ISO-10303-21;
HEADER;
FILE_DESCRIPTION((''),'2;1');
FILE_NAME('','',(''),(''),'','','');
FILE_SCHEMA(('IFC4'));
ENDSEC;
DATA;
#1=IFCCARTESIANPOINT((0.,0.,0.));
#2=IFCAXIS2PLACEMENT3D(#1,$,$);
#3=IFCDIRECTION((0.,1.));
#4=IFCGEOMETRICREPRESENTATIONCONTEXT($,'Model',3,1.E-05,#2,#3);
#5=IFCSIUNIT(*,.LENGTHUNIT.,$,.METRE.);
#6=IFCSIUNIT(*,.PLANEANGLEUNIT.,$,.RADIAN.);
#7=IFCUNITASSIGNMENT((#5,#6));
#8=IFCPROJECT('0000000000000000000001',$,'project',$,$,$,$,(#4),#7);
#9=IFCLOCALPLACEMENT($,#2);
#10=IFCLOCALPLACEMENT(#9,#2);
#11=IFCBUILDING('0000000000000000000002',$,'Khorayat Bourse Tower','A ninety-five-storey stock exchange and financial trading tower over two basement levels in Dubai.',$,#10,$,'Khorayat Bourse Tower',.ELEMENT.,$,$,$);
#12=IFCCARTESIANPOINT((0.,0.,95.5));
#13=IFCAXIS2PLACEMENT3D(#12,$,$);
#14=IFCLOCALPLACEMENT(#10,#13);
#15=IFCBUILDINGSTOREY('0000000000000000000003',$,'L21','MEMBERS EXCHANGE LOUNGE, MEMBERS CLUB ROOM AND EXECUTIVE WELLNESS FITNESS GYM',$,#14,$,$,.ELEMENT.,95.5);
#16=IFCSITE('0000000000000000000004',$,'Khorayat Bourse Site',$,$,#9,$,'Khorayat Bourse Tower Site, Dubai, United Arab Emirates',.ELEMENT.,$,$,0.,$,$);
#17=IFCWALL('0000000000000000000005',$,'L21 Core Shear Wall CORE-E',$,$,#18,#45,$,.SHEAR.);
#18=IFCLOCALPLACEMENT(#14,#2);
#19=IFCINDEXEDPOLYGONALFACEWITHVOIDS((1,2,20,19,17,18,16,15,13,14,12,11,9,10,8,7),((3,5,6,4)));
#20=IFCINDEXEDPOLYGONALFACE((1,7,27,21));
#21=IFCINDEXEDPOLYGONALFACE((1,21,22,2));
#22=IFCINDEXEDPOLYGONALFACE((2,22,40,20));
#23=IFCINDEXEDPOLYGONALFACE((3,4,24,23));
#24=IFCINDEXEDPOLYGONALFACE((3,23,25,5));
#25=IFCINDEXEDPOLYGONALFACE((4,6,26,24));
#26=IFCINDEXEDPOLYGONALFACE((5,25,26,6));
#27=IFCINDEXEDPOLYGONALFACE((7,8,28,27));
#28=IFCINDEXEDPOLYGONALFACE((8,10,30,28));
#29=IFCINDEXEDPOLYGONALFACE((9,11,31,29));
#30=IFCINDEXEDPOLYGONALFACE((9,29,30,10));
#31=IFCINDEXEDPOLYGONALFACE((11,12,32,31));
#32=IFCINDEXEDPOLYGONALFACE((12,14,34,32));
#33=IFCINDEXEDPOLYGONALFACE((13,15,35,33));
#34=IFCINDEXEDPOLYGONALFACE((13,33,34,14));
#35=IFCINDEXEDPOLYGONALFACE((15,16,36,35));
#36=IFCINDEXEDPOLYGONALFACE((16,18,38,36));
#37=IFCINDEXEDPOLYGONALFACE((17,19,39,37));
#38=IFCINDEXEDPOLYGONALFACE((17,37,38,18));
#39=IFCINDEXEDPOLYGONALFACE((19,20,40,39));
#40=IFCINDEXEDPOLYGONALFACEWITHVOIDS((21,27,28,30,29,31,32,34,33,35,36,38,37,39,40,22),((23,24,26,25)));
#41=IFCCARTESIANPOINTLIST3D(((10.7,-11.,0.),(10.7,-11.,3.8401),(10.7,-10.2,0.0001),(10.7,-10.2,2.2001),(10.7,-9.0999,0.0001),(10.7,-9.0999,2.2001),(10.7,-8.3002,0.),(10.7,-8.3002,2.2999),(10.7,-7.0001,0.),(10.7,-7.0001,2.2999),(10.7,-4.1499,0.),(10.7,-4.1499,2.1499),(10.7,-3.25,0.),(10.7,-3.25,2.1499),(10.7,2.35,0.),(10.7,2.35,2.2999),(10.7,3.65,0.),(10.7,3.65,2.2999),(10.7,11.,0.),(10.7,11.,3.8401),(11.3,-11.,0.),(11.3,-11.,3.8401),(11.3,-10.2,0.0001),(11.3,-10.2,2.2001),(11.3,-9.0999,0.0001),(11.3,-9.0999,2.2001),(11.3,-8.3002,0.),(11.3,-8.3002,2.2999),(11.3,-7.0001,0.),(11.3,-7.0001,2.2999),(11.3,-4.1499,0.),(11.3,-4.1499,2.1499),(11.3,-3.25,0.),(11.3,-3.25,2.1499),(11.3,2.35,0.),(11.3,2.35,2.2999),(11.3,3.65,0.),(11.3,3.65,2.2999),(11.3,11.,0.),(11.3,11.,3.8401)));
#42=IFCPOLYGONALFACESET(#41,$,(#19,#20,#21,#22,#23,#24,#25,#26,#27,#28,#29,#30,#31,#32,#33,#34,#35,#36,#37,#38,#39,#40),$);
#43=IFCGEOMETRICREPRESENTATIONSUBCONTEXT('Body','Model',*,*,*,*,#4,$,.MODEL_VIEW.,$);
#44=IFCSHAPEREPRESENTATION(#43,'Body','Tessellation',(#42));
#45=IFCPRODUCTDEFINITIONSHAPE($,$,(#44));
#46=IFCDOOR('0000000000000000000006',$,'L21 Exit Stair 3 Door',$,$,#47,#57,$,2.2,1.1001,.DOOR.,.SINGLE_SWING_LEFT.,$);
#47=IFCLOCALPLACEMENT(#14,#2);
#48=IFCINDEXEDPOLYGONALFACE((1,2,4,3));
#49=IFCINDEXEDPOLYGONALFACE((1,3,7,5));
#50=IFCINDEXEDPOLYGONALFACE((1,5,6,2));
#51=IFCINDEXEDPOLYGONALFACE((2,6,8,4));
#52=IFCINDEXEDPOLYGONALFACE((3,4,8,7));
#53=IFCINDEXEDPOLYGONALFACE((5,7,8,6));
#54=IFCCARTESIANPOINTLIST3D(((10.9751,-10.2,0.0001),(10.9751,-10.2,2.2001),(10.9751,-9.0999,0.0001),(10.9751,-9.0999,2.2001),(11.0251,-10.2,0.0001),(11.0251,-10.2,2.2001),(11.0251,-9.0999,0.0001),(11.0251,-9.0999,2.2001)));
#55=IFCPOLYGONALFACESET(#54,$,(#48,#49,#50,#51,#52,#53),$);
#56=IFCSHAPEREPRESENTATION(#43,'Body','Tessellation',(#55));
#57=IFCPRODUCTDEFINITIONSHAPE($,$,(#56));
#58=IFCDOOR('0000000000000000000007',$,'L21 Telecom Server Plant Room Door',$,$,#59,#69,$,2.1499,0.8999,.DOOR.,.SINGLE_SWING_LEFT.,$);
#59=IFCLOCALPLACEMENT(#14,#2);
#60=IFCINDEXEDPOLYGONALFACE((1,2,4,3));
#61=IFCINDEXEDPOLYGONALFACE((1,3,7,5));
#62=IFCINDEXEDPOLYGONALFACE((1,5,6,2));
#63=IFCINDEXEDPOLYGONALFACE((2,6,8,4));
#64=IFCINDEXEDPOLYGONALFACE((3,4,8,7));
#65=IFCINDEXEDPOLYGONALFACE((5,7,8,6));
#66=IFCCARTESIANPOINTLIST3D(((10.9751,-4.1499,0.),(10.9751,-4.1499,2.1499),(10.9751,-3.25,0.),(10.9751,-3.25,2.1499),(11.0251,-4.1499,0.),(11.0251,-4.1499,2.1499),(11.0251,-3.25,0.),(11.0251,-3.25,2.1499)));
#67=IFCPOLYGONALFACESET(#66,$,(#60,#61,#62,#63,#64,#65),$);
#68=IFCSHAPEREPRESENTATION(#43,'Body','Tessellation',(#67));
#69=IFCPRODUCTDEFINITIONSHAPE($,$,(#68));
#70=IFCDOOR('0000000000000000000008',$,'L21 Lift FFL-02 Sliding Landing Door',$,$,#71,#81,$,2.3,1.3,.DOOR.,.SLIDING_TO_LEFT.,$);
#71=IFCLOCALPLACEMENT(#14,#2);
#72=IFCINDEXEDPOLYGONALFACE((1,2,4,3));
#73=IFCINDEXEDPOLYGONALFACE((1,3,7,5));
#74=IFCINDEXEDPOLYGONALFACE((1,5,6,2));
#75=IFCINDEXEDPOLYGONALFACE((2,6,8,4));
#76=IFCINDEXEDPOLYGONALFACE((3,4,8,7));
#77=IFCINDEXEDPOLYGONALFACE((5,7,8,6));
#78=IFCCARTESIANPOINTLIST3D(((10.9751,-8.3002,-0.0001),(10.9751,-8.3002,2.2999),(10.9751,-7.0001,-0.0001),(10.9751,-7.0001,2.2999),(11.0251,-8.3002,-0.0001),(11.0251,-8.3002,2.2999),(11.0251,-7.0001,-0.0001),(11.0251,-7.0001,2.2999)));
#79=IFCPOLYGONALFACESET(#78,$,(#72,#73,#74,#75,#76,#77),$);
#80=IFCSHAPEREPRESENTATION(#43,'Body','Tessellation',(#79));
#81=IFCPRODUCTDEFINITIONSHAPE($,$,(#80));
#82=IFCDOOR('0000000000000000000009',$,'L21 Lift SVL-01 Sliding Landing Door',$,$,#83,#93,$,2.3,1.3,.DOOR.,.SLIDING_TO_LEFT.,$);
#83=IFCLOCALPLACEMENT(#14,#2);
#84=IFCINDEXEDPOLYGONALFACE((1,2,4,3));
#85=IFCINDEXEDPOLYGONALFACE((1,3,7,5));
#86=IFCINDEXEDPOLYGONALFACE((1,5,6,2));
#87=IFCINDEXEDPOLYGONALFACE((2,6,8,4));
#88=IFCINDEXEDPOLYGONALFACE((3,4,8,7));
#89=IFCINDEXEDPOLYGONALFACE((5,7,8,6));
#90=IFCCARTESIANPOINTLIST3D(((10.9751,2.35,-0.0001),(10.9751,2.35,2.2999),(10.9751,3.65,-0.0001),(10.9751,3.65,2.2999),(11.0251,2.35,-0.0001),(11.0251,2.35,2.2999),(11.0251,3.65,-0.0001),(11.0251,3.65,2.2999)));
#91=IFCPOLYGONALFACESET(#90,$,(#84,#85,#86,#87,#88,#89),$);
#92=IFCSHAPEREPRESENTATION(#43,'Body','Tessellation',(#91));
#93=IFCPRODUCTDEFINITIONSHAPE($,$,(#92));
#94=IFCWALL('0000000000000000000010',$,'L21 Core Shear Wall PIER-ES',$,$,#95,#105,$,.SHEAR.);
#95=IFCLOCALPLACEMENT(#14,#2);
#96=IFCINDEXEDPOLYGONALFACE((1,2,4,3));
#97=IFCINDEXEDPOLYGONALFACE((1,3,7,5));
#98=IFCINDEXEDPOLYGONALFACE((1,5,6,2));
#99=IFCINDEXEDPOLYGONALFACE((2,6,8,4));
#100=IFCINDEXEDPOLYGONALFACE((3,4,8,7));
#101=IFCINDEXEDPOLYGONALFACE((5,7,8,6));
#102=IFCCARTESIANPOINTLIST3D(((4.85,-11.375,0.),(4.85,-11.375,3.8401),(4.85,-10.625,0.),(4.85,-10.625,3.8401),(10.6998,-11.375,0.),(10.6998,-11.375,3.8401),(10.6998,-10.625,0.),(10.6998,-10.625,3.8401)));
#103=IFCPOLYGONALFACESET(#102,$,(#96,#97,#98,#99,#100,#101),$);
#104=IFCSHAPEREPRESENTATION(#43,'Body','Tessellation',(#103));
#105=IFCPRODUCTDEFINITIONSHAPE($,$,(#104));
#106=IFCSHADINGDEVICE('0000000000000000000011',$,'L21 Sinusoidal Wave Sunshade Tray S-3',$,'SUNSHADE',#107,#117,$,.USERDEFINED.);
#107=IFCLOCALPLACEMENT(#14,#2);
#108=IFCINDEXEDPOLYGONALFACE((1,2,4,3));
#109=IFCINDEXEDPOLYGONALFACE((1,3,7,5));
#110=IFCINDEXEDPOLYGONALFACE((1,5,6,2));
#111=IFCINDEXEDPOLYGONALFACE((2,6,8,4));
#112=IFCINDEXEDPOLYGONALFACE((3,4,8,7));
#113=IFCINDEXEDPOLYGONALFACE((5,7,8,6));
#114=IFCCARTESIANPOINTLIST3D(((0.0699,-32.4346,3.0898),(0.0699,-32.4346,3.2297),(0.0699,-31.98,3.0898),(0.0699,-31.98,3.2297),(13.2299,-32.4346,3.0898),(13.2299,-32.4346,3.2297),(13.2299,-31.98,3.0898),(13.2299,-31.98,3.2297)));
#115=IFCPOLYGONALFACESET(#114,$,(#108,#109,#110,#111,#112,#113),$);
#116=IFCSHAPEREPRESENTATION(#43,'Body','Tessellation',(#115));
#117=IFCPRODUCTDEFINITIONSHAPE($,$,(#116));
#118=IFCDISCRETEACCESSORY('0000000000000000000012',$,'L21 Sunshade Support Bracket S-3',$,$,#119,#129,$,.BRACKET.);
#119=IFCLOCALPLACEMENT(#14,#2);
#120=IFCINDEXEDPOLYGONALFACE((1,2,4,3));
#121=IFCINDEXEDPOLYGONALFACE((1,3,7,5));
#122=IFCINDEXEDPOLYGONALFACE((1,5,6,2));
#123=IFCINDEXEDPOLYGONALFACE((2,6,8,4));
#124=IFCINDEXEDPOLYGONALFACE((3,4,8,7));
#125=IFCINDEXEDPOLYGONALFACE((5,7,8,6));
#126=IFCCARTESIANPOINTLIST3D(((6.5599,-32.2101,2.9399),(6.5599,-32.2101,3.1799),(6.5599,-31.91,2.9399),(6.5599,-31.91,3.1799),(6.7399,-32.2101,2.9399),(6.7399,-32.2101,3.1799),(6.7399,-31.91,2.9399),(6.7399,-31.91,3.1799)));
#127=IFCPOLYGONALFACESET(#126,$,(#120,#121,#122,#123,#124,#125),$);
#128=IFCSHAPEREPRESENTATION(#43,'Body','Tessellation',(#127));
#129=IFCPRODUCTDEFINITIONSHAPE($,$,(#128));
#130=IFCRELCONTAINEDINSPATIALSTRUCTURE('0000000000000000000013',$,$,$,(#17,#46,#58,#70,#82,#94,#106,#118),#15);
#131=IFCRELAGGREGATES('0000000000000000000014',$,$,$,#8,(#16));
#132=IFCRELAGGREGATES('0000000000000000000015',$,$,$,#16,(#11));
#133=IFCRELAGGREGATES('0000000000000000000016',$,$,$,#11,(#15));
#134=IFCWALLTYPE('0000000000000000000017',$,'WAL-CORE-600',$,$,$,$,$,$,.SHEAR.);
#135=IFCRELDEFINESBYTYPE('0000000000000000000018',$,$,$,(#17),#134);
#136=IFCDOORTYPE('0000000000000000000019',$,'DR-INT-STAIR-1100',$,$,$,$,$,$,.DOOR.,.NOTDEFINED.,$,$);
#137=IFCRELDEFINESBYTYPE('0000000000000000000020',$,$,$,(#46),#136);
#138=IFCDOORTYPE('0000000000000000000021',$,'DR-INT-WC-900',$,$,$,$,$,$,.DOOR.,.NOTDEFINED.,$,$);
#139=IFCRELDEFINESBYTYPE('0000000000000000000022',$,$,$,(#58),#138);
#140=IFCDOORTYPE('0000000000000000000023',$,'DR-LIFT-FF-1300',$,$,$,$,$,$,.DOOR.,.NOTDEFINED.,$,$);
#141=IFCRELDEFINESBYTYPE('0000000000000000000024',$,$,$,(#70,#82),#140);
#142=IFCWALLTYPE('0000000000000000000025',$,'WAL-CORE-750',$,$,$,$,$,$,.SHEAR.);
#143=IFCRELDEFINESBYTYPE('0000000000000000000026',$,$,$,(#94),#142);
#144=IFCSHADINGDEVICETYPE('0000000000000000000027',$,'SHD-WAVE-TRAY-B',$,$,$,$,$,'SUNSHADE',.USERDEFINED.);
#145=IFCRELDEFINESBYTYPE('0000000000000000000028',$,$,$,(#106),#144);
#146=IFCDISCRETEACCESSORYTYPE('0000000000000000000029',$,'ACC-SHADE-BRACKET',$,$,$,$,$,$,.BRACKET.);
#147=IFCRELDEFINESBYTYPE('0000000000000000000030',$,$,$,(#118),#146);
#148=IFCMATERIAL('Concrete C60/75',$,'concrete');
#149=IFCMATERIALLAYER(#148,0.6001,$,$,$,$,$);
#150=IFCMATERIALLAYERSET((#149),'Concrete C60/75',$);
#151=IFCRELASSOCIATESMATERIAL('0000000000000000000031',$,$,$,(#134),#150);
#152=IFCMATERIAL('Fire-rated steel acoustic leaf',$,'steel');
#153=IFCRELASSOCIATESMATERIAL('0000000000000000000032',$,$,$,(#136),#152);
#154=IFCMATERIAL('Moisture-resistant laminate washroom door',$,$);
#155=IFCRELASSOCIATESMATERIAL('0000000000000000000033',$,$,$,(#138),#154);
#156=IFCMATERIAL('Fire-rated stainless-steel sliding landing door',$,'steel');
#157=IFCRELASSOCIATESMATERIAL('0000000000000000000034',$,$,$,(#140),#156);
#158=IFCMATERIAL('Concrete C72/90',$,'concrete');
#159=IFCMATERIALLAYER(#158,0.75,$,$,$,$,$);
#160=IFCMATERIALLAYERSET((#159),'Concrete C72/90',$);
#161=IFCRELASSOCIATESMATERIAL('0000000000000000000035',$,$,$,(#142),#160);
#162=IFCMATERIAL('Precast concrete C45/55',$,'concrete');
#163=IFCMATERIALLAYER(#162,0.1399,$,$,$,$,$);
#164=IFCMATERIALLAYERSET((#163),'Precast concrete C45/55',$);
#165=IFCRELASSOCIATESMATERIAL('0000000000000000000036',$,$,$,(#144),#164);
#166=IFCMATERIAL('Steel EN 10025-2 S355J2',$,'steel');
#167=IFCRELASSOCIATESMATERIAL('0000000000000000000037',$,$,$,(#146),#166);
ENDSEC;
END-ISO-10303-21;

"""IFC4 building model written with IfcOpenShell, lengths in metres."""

from ifc_helpers import new_model, si_unit, direction, frame, frame_2d, origin, origin_2d, place, context, subcontext, project, spatial, rectangle, extrude, source, transform, mapped, material, layer, layer_set, type_object, element, fill, save


model = new_model("IFC4")

# Units and contexts
model_context = context("Model", 3, precision=1e-05, world=origin(), true_north=direction((0.0, 1.0)))
body_context = subcontext(model_context, "Body", "Model", "MODEL_VIEW")
ifc_project = project(units=[si_unit("LENGTHUNIT", "METRE"), si_unit("PLANEANGLEUNIT", "RADIAN")], contexts=[model_context])

# Site, building, storey
site_placement = place(None, origin())
site = spatial("IfcSite", under=ifc_project, at=site_placement, Name="Khorayat Bourse Site", LongName="Khorayat Bourse Tower Site, Dubai, United Arab Emirates", CompositionType="ELEMENT", RefElevation=0.0)
building_placement = place(site_placement, origin())
building = spatial("IfcBuilding", under=site, at=building_placement, Name="Khorayat Bourse Tower", Description="A ninety-five-storey stock exchange and financial trading tower over two basement levels in Dubai.", LongName="Khorayat Bourse Tower", CompositionType="ELEMENT")
storey_placement = place(building_placement, frame((0.0, 0.0, 95.5)))
storey = spatial("IfcBuildingStorey", under=building, at=storey_placement, Name="L21", Description="MEMBERS EXCHANGE LOUNGE, MEMBERS CLUB ROOM AND EXECUTIVE WELLNESS FITNESS GYM", CompositionType="ELEMENT", Elevation=95.5)

# Shared definitions
ifc_material_1 = material(Name="Concrete C72/90", Category="concrete")

# Shared definitions
ifc_material_2 = material(Name="Steel EN 10025-2 S355J2", Category="steel")

# Wall, openings, doors
ifc_material_3 = material(Name="Concrete C60/75", Category="concrete")
ifc_layer_1 = layer(ifc_material_3, 0.6001)
ifc_layer_set_1 = layer_set([ifc_layer_1], Name="Concrete C60/75")
wall_type_1 = type_object("IfcWallType", Name="WAL-CORE-600", PredefinedType="SHEAR", material=ifc_layer_set_1)
shared_shape_1 = source(origin(), body_context, "Body", "SweptSolid", [
    extrude(rectangle(XDim=22.0, YDim=0.6001, at=frame_2d((11.0, 0.0))), origin(), (0.0, 0.0, 1.0), 3.8401),
])
wall_1_placement = place(storey_placement, frame((11.0, -11.0, 0.0), z_axis=(0.0, 0.0, 1.0), x_axis=(0.0, 1.0, 0.0)))
wall_1 = element("IfcWall", 1, at=wall_1_placement, inside=storey, type_object=wall_type_1, Name="L21 Core Shear Wall CORE-E", PredefinedType="SHEAR", context=body_context, shape_type="MappedRepresentation", body=[
    mapped(shared_shape_1, transform((0.0, 0.0, 0.0), scale=1.0)),
])
shared_shape_2 = source(origin(), body_context, "Body", "SweptSolid", [
    extrude(rectangle(XDim=1.1001, YDim=2.2, at=frame_2d((0.55, 1.1001))), frame((0.0, 0.3101, 0.0), z_axis=(0.0, -1.0, 0.0), x_axis=(1.0, 0.0, 0.0)), (0.0, 0.0, 1.0), 0.6201),
])
opening_1_placement = place(wall_1_placement, frame((0.8, 0.0, 0.0)))
opening_1 = element("IfcOpeningElement", 2, at=opening_1_placement, cuts=wall_1, PredefinedType="OPENING", context=body_context, shape_type="MappedRepresentation", body=[
    mapped(shared_shape_2, transform((0.0, 0.0, 0.0), scale=1.0)),
])
shared_shape_3 = source(origin(), body_context, "Body", "SweptSolid", [
    extrude(rectangle(XDim=0.8999, YDim=2.1499, at=frame_2d((0.45, 1.075))), frame((0.0, 0.3101, 0.0), z_axis=(0.0, -1.0, 0.0), x_axis=(1.0, 0.0, 0.0)), (0.0, 0.0, 1.0), 0.6201),
])
opening_2_placement = place(wall_1_placement, frame((6.8501, 0.0, 0.0)))
opening_2 = element("IfcOpeningElement", 3, at=opening_2_placement, cuts=wall_1, PredefinedType="OPENING", context=body_context, shape_type="MappedRepresentation", body=[
    mapped(shared_shape_3, transform((0.0, 0.0, 0.0), scale=1.0)),
])
shared_shape_4 = source(origin(), body_context, "Body", "SweptSolid", [
    extrude(rectangle(XDim=1.3, YDim=2.3, at=frame_2d((0.6499, 1.1499))), frame((0.0, 0.3101, 0.0), z_axis=(0.0, -1.0, 0.0), x_axis=(1.0, 0.0, 0.0)), (0.0, 0.0, 1.0), 0.6201),
])
opening_3_placement = place(wall_1_placement, frame((2.7, 0.0, 0.0)))
opening_3 = element("IfcOpeningElement", 4, at=opening_3_placement, cuts=wall_1, PredefinedType="OPENING", context=body_context, shape_type="MappedRepresentation", body=[
    mapped(shared_shape_4, transform((0.0, 0.0, 0.0), scale=1.0)),
])
opening_4_placement = place(wall_1_placement, frame((13.3501, 0.0, 0.0)))
opening_4 = element("IfcOpeningElement", 5, at=opening_4_placement, cuts=wall_1, PredefinedType="OPENING", context=body_context, shape_type="MappedRepresentation", body=[
    mapped(shared_shape_4, transform((0.0, 0.0, 0.0), scale=1.0)),
])
ifc_material_4 = material(Name="Fire-rated steel acoustic leaf", Category="steel")
door_type_1 = type_object("IfcDoorType", Name="DR-INT-STAIR-1100", OperationType="NOTDEFINED", PredefinedType="DOOR", material=ifc_material_4)
shared_shape_5 = source(origin(), body_context, "Body", "SweptSolid", [
    extrude(rectangle(XDim=1.1001, YDim=2.2, at=frame_2d((0.55, 1.1001))), frame((0.0, 0.0249, 0.0), z_axis=(0.0, -1.0, 0.0), x_axis=(1.0, 0.0, 0.0)), (0.0, 0.0, 1.0), 0.05),
])
door_1_placement = place(opening_1_placement, origin())
door_1 = element("IfcDoor", 6, at=door_1_placement, inside=storey, type_object=door_type_1, Name="L21 Exit Stair 3 Door", OperationType="SINGLE_SWING_LEFT", OverallHeight=2.2, OverallWidth=1.1001, PredefinedType="DOOR", context=body_context, shape_type="MappedRepresentation", body=[
    mapped(shared_shape_5, transform((0.0, 0.0, 0.0), scale=1.0)),
])
fill(opening_1, door_1)
ifc_material_5 = material(Name="Moisture-resistant laminate washroom door")
door_type_2 = type_object("IfcDoorType", Name="DR-INT-WC-900", OperationType="NOTDEFINED", PredefinedType="DOOR", material=ifc_material_5)
shared_shape_6 = source(origin(), body_context, "Body", "SweptSolid", [
    extrude(rectangle(XDim=0.8999, YDim=2.1499, at=frame_2d((0.45, 1.075))), frame((0.0, 0.0249, 0.0), z_axis=(0.0, -1.0, 0.0), x_axis=(1.0, 0.0, 0.0)), (0.0, 0.0, 1.0), 0.05),
])
door_2_placement = place(opening_2_placement, origin())
door_2 = element("IfcDoor", 7, at=door_2_placement, inside=storey, type_object=door_type_2, Name="L21 Telecom Server Plant Room Door", OperationType="SINGLE_SWING_LEFT", OverallHeight=2.1499, OverallWidth=0.8999, PredefinedType="DOOR", context=body_context, shape_type="MappedRepresentation", body=[
    mapped(shared_shape_6, transform((0.0, 0.0, 0.0), scale=1.0)),
])
fill(opening_2, door_2)
ifc_material_6 = material(Name="Fire-rated stainless-steel sliding landing door", Category="steel")
door_type_3 = type_object("IfcDoorType", Name="DR-LIFT-FF-1300", OperationType="NOTDEFINED", PredefinedType="DOOR", material=ifc_material_6)
shared_shape_7 = source(origin(), body_context, "Body", "SweptSolid", [
    extrude(rectangle(XDim=1.3, YDim=2.3, at=frame_2d((0.6499, 1.1499))), frame((0.0, 0.0249, 0.0), z_axis=(0.0, -1.0, 0.0), x_axis=(1.0, 0.0, 0.0)), (0.0, 0.0, 1.0), 0.05),
])
door_3_placement = place(opening_3_placement, origin())
door_3 = element("IfcDoor", 8, at=door_3_placement, inside=storey, type_object=door_type_3, Name="L21 Lift FFL-02 Sliding Landing Door", OperationType="SLIDING_TO_LEFT", OverallHeight=2.3, OverallWidth=1.3, PredefinedType="DOOR", context=body_context, shape_type="MappedRepresentation", body=[
    mapped(shared_shape_7, transform((0.0, 0.0, 0.0), scale=1.0)),
])
fill(opening_3, door_3)
door_4_placement = place(opening_4_placement, origin())
door_4 = element("IfcDoor", 9, at=door_4_placement, inside=storey, type_object=door_type_3, Name="L21 Lift SVL-01 Sliding Landing Door", OperationType="SLIDING_TO_LEFT", OverallHeight=2.3, OverallWidth=1.3, PredefinedType="DOOR", context=body_context, shape_type="MappedRepresentation", body=[
    mapped(shared_shape_7, transform((0.0, 0.0, 0.0), scale=1.0)),
])
fill(opening_4, door_4)

# Wall
ifc_layer_2 = layer(ifc_material_1, 0.75)
ifc_layer_set_2 = layer_set([ifc_layer_2], Name="Concrete C72/90")
wall_type_2 = type_object("IfcWallType", Name="WAL-CORE-750", PredefinedType="SHEAR", material=ifc_layer_set_2)
shared_shape_8 = source(origin(), body_context, "Body", "SweptSolid", [
    extrude(rectangle(XDim=5.8499, YDim=0.75, at=frame_2d((2.9248, 0.0))), origin(), (0.0, 0.0, 1.0), 3.8401),
])
wall_2_placement = place(storey_placement, frame((4.8501, -11.0, 0.0), z_axis=(0.0, 0.0, 1.0), x_axis=(1.0, 0.0, 0.0)))
element("IfcWall", 10, at=wall_2_placement, inside=storey, type_object=wall_type_2, Name="L21 Core Shear Wall PIER-ES", PredefinedType="SHEAR", context=body_context, shape_type="MappedRepresentation", body=[
    mapped(shared_shape_8, transform((0.0, 0.0, 0.0), scale=1.0)),
])

# Shading device
ifc_material_7 = material(Name="Precast concrete C45/55", Category="concrete")
ifc_layer_3 = layer(ifc_material_7, 0.1399)
ifc_layer_set_3 = layer_set([ifc_layer_3], Name="Precast concrete C45/55")
shading_device_type = type_object("IfcShadingDeviceType", Name="SHD-WAVE-TRAY-B", ElementType="SUNSHADE", PredefinedType="USERDEFINED", material=ifc_layer_set_3)
shared_shape_9 = source(origin(), body_context, "Body", "SweptSolid", [
    extrude(rectangle(XDim=13.1599, YDim=0.4546, at=origin_2d()), origin(), (0.0, 0.0, 1.0), 0.1399),
])
shading_device_placement = place(storey_placement, frame((6.6499, -32.2073, 3.0898), z_axis=(0.0, 0.0, 1.0), x_axis=(1.0, 0.0, 0.0)))
element("IfcShadingDevice", 11, at=shading_device_placement, inside=storey, type_object=shading_device_type, Name="L21 Sinusoidal Wave Sunshade Tray S-3", ObjectType="SUNSHADE", PredefinedType="USERDEFINED", context=body_context, shape_type="MappedRepresentation", body=[
    mapped(shared_shape_9, transform((0.0, 0.0, 0.0), scale=1.0)),
])

# Discrete accessory
discrete_accessory_type = type_object("IfcDiscreteAccessoryType", Name="ACC-SHADE-BRACKET", PredefinedType="BRACKET", material=ifc_material_2)
shared_shape_10 = source(origin(), body_context, "Body", "SweptSolid", [
    extrude(rectangle(XDim=0.1799, YDim=0.3, at=origin_2d()), origin(), (0.0, 0.0, 1.0), 0.24),
])
discrete_accessory_placement = place(storey_placement, frame((6.6499, -32.0601, 2.9399), z_axis=(0.0, 0.0, 1.0), x_axis=(1.0, 0.0, 0.0)))
element("IfcDiscreteAccessory", 12, at=discrete_accessory_placement, inside=storey, type_object=discrete_accessory_type, Name="L21 Sunshade Support Bracket S-3", PredefinedType="BRACKET", context=body_context, shape_type="MappedRepresentation", body=[
    mapped(shared_shape_10, transform((0.0, 0.0, 0.0), scale=1.0)),
])

save(model, "model.ifc")
